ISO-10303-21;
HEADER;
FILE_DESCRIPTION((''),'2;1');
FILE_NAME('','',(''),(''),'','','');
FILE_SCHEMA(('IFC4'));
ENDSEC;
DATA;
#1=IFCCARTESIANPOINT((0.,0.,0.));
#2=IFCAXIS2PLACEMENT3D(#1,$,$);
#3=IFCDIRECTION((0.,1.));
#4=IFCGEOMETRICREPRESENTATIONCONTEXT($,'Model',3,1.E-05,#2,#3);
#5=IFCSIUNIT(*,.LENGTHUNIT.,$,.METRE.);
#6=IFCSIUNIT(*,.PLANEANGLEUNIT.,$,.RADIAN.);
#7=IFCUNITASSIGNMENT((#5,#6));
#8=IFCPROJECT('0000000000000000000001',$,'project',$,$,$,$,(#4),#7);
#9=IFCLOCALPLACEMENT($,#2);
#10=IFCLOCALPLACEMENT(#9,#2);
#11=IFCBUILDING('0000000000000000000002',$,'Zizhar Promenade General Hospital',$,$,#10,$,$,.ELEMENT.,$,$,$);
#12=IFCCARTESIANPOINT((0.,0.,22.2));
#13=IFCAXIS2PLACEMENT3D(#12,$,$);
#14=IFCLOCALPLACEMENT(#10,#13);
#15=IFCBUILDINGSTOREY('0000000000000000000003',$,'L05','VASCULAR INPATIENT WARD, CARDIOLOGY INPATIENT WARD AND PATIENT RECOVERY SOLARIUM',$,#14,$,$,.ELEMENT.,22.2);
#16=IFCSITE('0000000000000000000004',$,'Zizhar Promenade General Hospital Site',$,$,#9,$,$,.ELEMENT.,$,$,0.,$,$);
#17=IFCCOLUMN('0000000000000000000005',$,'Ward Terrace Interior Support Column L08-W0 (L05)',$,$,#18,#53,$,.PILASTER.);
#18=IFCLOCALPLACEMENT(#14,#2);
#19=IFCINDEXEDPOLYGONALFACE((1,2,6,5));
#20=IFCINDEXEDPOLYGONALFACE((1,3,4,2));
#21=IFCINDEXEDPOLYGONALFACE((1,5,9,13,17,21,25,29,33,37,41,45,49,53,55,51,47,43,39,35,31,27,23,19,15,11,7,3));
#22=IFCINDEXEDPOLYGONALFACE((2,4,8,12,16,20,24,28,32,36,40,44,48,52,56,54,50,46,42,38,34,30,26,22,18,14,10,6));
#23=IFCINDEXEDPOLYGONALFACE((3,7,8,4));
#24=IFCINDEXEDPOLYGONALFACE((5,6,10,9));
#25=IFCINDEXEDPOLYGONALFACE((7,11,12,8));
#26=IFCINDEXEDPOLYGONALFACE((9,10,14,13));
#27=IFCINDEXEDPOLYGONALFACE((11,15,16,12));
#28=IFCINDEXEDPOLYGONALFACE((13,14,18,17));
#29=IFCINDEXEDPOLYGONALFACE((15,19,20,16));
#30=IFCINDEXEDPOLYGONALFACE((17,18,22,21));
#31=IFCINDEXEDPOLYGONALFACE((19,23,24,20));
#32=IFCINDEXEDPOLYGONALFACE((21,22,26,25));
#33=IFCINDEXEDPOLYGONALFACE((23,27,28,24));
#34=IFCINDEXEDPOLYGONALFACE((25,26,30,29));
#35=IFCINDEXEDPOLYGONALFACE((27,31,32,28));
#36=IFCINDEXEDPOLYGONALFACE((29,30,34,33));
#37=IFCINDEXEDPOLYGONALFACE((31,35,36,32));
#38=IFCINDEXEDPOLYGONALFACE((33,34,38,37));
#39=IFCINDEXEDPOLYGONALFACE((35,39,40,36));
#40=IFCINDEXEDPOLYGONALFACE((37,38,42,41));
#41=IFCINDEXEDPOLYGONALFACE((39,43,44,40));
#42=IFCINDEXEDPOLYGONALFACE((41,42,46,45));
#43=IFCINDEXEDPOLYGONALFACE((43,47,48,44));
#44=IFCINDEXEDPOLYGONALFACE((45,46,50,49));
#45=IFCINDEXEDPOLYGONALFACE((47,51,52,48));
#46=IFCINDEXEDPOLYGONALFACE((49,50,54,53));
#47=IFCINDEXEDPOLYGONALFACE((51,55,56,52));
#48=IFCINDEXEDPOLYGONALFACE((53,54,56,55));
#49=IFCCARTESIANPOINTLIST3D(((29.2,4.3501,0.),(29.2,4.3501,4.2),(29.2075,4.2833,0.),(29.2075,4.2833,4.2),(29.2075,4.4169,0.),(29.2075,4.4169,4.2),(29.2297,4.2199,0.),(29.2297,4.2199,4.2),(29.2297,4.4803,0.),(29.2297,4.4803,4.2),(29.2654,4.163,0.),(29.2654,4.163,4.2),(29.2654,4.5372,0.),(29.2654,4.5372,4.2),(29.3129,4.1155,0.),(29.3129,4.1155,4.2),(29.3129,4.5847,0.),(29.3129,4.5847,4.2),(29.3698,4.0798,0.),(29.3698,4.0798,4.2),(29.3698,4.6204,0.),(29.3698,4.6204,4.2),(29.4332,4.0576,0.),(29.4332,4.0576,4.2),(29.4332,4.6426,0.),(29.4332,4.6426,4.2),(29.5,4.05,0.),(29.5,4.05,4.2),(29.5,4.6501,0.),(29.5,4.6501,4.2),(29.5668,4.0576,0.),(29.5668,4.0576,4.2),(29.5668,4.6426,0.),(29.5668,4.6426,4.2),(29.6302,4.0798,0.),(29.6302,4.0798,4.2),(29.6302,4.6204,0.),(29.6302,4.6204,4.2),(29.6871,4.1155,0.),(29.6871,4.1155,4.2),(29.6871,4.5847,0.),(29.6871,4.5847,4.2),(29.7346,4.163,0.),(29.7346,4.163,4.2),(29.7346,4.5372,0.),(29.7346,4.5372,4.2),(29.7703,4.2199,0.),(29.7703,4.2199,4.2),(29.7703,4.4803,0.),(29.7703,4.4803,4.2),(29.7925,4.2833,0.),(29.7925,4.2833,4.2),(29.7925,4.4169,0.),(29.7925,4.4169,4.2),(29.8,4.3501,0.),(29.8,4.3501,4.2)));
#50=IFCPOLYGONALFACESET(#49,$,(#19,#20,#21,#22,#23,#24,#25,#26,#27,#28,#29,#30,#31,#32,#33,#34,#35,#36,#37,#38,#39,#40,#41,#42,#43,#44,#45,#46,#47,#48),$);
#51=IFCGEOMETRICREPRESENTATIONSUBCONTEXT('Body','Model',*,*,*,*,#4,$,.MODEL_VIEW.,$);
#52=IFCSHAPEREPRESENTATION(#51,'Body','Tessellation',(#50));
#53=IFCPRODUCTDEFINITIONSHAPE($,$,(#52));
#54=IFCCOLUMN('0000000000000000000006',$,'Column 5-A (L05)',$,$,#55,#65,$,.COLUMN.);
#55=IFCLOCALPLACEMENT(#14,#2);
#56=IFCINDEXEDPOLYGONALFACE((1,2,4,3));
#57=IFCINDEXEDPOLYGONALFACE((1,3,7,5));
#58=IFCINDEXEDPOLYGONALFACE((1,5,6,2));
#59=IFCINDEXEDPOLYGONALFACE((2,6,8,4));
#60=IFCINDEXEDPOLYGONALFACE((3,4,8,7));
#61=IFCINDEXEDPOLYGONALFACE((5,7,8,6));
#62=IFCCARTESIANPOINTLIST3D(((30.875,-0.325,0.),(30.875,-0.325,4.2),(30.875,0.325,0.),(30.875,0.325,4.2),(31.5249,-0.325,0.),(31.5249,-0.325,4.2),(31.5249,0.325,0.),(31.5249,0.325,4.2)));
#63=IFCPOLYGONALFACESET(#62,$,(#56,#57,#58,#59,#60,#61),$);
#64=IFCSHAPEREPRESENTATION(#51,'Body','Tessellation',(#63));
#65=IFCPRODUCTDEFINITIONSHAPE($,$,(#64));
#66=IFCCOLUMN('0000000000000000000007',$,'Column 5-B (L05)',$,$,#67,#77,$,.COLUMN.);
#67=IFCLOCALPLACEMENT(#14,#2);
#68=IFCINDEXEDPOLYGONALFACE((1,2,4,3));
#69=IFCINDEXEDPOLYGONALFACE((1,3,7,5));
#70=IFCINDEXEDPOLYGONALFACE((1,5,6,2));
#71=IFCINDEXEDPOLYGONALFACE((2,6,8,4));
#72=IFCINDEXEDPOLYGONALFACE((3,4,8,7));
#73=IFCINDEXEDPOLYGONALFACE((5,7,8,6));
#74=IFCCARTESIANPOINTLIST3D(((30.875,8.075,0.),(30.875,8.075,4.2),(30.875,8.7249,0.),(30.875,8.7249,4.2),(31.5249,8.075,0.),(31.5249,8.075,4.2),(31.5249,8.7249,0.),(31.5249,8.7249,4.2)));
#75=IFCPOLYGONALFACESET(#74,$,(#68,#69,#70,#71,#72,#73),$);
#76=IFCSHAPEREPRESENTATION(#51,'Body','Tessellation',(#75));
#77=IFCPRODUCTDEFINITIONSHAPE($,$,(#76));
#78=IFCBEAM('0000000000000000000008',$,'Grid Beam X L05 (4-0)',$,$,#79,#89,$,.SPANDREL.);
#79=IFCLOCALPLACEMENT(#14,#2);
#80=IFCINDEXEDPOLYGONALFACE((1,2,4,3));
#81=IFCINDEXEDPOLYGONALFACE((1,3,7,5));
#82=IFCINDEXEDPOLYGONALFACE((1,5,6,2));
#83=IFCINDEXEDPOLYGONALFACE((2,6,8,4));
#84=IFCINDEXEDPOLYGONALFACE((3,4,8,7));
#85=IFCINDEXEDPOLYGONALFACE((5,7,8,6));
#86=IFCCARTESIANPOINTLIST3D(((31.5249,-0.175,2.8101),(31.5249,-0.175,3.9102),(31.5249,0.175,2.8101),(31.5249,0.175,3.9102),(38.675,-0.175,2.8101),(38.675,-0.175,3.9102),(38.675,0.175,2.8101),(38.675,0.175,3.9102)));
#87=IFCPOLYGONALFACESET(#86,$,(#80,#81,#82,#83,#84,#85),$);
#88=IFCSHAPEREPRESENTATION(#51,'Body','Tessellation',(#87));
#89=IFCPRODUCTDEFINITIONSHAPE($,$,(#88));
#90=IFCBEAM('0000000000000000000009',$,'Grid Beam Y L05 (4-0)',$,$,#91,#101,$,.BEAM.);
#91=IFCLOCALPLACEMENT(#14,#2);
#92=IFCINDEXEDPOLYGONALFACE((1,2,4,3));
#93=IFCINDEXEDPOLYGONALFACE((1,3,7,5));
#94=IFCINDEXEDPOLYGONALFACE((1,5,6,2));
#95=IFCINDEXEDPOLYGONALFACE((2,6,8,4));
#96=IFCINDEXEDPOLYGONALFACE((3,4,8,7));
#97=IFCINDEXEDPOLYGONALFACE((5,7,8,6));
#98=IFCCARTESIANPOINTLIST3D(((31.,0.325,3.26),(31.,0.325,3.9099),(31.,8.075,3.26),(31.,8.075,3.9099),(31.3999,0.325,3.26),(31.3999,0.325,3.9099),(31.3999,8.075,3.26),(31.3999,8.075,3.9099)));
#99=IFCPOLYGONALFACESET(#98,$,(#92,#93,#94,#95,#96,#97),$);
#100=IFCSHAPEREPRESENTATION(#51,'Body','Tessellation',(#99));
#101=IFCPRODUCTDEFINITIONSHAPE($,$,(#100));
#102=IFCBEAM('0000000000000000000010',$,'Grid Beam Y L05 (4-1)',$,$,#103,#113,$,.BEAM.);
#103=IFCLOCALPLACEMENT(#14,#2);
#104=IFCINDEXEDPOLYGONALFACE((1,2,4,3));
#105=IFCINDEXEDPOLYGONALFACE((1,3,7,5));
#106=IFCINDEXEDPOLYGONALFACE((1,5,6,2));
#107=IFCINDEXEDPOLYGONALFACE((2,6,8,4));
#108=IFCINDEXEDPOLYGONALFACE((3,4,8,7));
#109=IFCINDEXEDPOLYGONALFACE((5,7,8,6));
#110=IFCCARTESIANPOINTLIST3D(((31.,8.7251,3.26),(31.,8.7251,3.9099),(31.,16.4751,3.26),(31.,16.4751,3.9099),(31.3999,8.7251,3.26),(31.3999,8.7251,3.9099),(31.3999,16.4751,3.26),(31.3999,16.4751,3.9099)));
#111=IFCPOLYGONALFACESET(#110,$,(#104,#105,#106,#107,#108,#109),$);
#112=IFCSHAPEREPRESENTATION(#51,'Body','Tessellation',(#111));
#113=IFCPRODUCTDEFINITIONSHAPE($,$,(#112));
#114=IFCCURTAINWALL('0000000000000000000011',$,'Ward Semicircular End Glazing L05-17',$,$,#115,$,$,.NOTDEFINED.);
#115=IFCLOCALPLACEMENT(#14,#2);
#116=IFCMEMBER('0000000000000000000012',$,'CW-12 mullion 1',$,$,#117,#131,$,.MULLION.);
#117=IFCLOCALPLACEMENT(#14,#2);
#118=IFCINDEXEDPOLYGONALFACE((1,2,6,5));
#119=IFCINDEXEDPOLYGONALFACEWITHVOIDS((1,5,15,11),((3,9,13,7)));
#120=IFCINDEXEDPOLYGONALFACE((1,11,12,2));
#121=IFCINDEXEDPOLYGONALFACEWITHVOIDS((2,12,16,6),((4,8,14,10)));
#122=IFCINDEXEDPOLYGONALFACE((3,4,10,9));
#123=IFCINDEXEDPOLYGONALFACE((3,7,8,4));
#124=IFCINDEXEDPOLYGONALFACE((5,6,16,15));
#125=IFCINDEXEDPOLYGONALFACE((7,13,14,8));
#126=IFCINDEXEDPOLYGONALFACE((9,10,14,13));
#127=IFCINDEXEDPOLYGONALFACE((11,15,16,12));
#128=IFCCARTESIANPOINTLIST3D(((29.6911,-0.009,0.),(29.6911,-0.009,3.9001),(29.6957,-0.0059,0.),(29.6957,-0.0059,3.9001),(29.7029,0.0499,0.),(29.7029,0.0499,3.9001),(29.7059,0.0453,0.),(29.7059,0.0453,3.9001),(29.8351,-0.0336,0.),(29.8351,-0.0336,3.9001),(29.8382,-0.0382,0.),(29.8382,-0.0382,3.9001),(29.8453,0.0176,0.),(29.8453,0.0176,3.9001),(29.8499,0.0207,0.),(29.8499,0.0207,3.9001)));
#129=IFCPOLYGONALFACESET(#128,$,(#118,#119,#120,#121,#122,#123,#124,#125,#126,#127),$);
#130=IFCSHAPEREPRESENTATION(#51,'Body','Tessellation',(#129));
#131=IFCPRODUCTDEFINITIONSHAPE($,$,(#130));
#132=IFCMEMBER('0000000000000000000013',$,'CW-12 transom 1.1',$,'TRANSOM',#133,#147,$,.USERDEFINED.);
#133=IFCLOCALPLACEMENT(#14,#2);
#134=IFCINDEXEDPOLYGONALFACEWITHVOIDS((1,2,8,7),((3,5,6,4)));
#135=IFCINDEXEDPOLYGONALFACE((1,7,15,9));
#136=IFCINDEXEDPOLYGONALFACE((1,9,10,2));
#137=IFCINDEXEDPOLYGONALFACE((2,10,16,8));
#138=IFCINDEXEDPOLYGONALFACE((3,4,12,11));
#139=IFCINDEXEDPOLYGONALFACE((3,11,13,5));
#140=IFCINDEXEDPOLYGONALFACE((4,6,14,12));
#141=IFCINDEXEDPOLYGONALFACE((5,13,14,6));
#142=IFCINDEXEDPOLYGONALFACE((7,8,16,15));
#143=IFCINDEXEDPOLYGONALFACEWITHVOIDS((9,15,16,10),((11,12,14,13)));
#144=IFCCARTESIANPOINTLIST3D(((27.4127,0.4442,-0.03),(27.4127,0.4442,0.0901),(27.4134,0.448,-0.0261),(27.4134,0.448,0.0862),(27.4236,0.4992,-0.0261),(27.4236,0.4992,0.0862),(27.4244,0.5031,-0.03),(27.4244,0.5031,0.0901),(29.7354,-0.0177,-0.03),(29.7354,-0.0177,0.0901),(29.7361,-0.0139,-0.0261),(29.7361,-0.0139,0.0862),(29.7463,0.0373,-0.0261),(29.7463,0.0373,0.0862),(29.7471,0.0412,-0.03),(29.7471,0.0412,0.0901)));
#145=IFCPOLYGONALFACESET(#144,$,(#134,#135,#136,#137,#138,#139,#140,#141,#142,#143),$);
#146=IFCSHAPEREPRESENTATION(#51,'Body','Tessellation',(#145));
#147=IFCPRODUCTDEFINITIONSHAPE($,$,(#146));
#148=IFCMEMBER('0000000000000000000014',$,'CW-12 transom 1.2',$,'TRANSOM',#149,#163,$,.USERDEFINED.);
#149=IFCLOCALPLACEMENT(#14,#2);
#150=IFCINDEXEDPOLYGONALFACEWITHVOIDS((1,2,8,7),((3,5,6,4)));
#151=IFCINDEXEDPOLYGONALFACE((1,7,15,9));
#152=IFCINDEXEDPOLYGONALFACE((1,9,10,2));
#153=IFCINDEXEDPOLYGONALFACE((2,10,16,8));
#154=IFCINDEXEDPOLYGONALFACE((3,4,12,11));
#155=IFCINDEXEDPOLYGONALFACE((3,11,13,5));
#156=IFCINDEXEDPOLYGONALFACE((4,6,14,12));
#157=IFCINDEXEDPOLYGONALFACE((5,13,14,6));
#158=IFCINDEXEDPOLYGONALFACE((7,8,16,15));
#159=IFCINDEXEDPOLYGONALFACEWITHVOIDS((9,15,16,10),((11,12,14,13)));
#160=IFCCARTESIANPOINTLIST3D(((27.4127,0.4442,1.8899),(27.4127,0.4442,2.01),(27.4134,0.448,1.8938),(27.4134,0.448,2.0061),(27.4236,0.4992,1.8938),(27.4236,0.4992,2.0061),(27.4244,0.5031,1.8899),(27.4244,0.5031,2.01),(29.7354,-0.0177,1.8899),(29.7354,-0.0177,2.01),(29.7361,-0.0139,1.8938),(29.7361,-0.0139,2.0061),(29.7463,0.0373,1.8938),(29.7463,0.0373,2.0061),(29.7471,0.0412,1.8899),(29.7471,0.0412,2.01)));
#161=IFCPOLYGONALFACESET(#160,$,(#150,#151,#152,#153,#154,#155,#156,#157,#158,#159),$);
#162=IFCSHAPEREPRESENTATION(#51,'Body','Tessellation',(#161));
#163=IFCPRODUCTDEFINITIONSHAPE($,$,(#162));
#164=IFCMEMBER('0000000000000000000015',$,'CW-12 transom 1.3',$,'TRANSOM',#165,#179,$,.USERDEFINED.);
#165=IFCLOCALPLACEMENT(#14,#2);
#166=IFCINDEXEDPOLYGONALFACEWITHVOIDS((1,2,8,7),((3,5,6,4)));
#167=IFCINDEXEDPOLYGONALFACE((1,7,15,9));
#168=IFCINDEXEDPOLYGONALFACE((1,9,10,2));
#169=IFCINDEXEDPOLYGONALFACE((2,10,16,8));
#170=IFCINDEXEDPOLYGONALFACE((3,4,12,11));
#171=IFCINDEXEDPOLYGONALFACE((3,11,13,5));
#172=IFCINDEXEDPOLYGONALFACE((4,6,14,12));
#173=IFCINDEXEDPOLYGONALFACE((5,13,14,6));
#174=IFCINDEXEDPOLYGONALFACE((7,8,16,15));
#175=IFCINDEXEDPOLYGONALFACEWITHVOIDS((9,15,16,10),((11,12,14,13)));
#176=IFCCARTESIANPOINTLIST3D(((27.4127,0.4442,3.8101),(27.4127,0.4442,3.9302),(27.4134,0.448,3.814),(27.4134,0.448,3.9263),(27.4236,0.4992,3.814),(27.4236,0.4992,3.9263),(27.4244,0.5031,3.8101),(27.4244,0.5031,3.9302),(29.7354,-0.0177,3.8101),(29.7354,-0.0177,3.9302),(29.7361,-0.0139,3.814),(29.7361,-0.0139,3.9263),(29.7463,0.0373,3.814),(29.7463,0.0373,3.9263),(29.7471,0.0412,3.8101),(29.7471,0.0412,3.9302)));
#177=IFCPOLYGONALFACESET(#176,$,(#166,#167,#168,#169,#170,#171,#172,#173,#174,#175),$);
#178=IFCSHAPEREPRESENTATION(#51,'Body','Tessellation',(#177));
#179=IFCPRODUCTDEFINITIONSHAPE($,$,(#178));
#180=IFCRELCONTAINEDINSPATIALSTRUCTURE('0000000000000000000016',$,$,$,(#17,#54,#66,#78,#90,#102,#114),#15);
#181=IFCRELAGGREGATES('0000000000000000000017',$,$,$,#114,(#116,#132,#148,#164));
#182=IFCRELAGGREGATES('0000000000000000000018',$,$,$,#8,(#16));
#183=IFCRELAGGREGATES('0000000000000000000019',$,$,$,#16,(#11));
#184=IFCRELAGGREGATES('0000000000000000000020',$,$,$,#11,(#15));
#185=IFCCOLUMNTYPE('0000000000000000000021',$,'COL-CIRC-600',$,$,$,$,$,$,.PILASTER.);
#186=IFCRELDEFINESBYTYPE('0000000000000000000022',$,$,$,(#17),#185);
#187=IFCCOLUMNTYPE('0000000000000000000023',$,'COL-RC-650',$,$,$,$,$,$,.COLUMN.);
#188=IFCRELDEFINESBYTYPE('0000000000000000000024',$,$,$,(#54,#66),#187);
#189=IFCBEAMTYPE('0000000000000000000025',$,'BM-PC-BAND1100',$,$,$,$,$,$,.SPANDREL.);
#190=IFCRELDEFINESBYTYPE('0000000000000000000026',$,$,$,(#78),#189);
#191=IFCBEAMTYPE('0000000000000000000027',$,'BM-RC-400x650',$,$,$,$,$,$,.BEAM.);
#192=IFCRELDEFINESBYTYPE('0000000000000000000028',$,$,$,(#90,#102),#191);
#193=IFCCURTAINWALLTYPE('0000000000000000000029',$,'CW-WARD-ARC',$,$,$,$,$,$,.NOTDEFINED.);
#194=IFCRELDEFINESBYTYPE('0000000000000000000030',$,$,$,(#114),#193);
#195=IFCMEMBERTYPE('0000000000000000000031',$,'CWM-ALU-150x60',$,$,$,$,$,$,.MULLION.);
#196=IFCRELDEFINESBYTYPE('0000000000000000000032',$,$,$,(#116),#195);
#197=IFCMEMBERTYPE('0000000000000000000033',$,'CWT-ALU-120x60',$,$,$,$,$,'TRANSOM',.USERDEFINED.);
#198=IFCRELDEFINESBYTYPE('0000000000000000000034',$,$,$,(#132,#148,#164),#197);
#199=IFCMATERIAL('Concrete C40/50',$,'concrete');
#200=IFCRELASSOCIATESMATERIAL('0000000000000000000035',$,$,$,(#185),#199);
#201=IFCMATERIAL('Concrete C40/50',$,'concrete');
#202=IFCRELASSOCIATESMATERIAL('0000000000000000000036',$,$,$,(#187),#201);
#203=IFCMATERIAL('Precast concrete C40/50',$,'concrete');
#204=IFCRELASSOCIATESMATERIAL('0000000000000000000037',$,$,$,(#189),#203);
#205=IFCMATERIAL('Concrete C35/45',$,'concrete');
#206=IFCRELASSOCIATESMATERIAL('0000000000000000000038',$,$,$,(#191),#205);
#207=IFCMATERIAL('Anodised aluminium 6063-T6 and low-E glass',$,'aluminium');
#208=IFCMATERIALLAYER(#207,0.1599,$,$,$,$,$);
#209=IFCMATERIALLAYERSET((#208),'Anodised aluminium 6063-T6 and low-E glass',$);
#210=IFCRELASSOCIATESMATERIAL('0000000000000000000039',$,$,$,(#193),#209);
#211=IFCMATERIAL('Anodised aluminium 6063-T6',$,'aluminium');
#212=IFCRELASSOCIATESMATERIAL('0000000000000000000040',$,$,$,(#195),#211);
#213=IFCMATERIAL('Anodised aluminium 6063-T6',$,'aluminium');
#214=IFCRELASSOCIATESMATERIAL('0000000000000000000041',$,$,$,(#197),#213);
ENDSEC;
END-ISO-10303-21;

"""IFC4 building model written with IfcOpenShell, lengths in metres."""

from ifc_helpers import new_model, si_unit, direction, frame, origin, origin_2d, place, context, subcontext, project, spatial, rectangle, hollow_rectangle, circle, extrude, material, layer, layer_set, material_profile, profile_set, type_object, element, aggregate, save


model = new_model("IFC4")

# Units and contexts
model_context = context("Model", 3, precision=1e-05, world=origin(), true_north=direction((0.0, 1.0)))
body_context = subcontext(model_context, "Body", "Model", "MODEL_VIEW")
ifc_project = project(units=[si_unit("LENGTHUNIT", "METRE"), si_unit("PLANEANGLEUNIT", "RADIAN")], contexts=[model_context])

# Site, building, storey
site_placement = place(None, origin())
site = spatial("IfcSite", under=ifc_project, at=site_placement, Name="Zizhar Promenade General Hospital Site", CompositionType="ELEMENT", RefElevation=0.0)
building_placement = place(site_placement, origin())
building = spatial("IfcBuilding", under=site, at=building_placement, Name="Zizhar Promenade General Hospital", CompositionType="ELEMENT")
storey_placement = place(building_placement, frame((0.0, 0.0, 22.2)))
storey = spatial("IfcBuildingStorey", under=building, at=storey_placement, Name="L05", Description="VASCULAR INPATIENT WARD, CARDIOLOGY INPATIENT WARD AND PATIENT RECOVERY SOLARIUM", CompositionType="ELEMENT", Elevation=22.2)

# Columns
ifc_material_1 = material(Name="Concrete C40/50", Category="concrete")
ifc_material_profile_1 = material_profile(ifc_material_1, circle(Radius=0.3, at=origin_2d()))
ifc_profile_set_1 = profile_set([ifc_material_profile_1], Name="Concrete C40/50")
column_type_1 = type_object("IfcColumnType", Name="COL-CIRC-600", PredefinedType="PILASTER", material=ifc_profile_set_1)
column_placement = place(storey_placement, frame((29.5, 4.3501, 0.0), z_axis=(0.0, 0.0, 1.0), x_axis=(1.0, 0.0, 0.0)))
element("IfcColumn", 1, at=column_placement, inside=storey, type_object=column_type_1, Name="Ward Terrace Interior Support Column L08-W0 (L05)", PredefinedType="PILASTER", context=body_context, shape_type="SweptSolid", body=[
    extrude(circle(Radius=0.3, at=origin_2d()), origin(), (0.0, 0.0, 1.0), 4.2),
])
ifc_material_2 = material(Name="Concrete C40/50", Category="concrete")
ifc_material_profile_2 = material_profile(ifc_material_2, rectangle(XDim=0.6499, YDim=0.6499, at=origin_2d()))
ifc_profile_set_2 = profile_set([ifc_material_profile_2], Name="Concrete C40/50")
column_type_2 = type_object("IfcColumnType", Name="COL-RC-650", PredefinedType="COLUMN", material=ifc_profile_set_2)
for number, where, z_axis, x_axis, name in (
    (2, (31.2, 0.0, 0.0), (0.0, 0.0, 1.0), (1.0, 0.0, 0.0), "Column 5-A (L05)"),
    (3, (31.2, 8.3999, 0.0), (0.0, 0.0, 1.0), (1.0, 0.0, 0.0), "Column 5-B (L05)"),
):
    element("IfcColumn", number, at=place(storey_placement, frame(where, z_axis=z_axis, x_axis=x_axis)), inside=storey, type_object=column_type_2, Name=name, PredefinedType="COLUMN", context=body_context, shape_type="SweptSolid", body=[
        extrude(rectangle(XDim=0.6499, YDim=0.6499, at=origin_2d()), origin(), (0.0, 0.0, 1.0), 4.2),
    ])

# Beams
ifc_material_3 = material(Name="Precast concrete C40/50", Category="concrete")
ifc_material_profile_3 = material_profile(ifc_material_3, rectangle(XDim=0.3501, YDim=1.1001, at=origin_2d()))
ifc_profile_set_3 = profile_set([ifc_material_profile_3], Name="Precast concrete C40/50")
beam_type_1 = type_object("IfcBeamType", Name="BM-PC-BAND1100", PredefinedType="SPANDREL", material=ifc_profile_set_3)
beam_placement = place(storey_placement, frame((31.5249, 0.0, 3.3601), z_axis=(1.0, 0.0, 0.0), x_axis=(0.0, 1.0, 0.0)))
element("IfcBeam", 4, at=beam_placement, inside=storey, type_object=beam_type_1, Name="Grid Beam X L05 (4-0)", PredefinedType="SPANDREL", context=body_context, shape_type="SweptSolid", body=[
    extrude(rectangle(XDim=0.3501, YDim=1.1001, at=origin_2d()), origin(), (0.0, 0.0, 1.0), 7.1501),
])
ifc_material_4 = material(Name="Concrete C35/45", Category="concrete")
ifc_material_profile_4 = material_profile(ifc_material_4, rectangle(XDim=0.3999, YDim=0.6499, at=origin_2d()))
ifc_profile_set_4 = profile_set([ifc_material_profile_4], Name="Concrete C35/45")
beam_type_2 = type_object("IfcBeamType", Name="BM-RC-400x650", PredefinedType="BEAM", material=ifc_profile_set_4)
for number, where, z_axis, x_axis, name in (
    (5, (31.2, 0.325, 3.585), (0.0, 1.0, 0.0), (-1.0, 0.0, 0.0), "Grid Beam Y L05 (4-0)"),
    (6, (31.2, 8.7251, 3.585), (0.0, 1.0, 0.0), (-1.0, 0.0, 0.0), "Grid Beam Y L05 (4-1)"),
):
    element("IfcBeam", number, at=place(storey_placement, frame(where, z_axis=z_axis, x_axis=x_axis)), inside=storey, type_object=beam_type_2, Name=name, PredefinedType="BEAM", context=body_context, shape_type="SweptSolid", body=[
        extrude(rectangle(XDim=0.3999, YDim=0.6499, at=origin_2d()), origin(), (0.0, 0.0, 1.0), 7.75),
    ])

# Curtain wall, members
ifc_material_5 = material(Name="Anodised aluminium 6063-T6 and low-E glass", Category="aluminium")
ifc_layer_1 = layer(ifc_material_5, 0.1599)
ifc_layer_set_1 = layer_set([ifc_layer_1], Name="Anodised aluminium 6063-T6 and low-E glass")
curtain_wall_type = type_object("IfcCurtainWallType", Name="CW-WARD-ARC", PredefinedType="NOTDEFINED", material=ifc_layer_set_1)
curtain_wall_placement = place(storey_placement, origin())
curtain_wall = element("IfcCurtainWall", 7, at=curtain_wall_placement, inside=storey, type_object=curtain_wall_type, Name="Ward Semicircular End Glazing L05-17", PredefinedType="NOTDEFINED")
ifc_material_6 = material(Name="Anodised aluminium 6063-T6", Category="aluminium")
ifc_material_profile_5 = material_profile(ifc_material_6, hollow_rectangle(XDim=0.0601, YDim=0.1499, WallThickness=0.0039, at=origin_2d()))
ifc_profile_set_5 = profile_set([ifc_material_profile_5], Name="Anodised aluminium 6063-T6")
member_type_1 = type_object("IfcMemberType", Name="CWM-ALU-150x60", PredefinedType="MULLION", material=ifc_profile_set_5)
member_1_placement = place(storey_placement, frame((29.7705, 0.0059, 0.0), z_axis=(0.0, 0.0, 1.0), x_axis=(-0.195087, -0.980786, 0.0)))
member_1 = element("IfcMember", 8, at=member_1_placement, type_object=member_type_1, Name="CW-12 mullion 1", PredefinedType="MULLION", context=body_context, shape_type="SweptSolid", body=[
    extrude(hollow_rectangle(XDim=0.0601, YDim=0.1499, WallThickness=0.0039, at=origin_2d()), origin(), (0.0, 0.0, 1.0), 3.9001),
])
ifc_material_7 = material(Name="Anodised aluminium 6063-T6", Category="aluminium")
ifc_material_profile_6 = material_profile(ifc_material_7, hollow_rectangle(XDim=0.0601, YDim=0.1201, WallThickness=0.0039, at=origin_2d()))
ifc_profile_set_6 = profile_set([ifc_material_profile_6], Name="Anodised aluminium 6063-T6")
member_type_2 = type_object("IfcMemberType", Name="CWT-ALU-120x60", ElementType="TRANSOM", PredefinedType="USERDEFINED", material=ifc_profile_set_6)
member_2_placement = place(storey_placement, frame((29.7412, 0.0117, 0.03), z_axis=(-0.980794, 0.195045, 0.0), x_axis=(-0.195045, -0.980794, 0.0)))
member_2 = element("IfcMember", 9, at=member_2_placement, type_object=member_type_2, Name="CW-12 transom 1.1", ObjectType="TRANSOM", PredefinedType="USERDEFINED", context=body_context, shape_type="SweptSolid", body=[
    extrude(hollow_rectangle(XDim=0.0601, YDim=0.1201, WallThickness=0.0039, at=origin_2d()), origin(), (0.0, 0.0, 1.0), 2.3682),
])
member_3_placement = place(storey_placement, frame((29.7412, 0.0117, 1.95), z_axis=(-0.980794, 0.195045, 0.0), x_axis=(-0.195045, -0.980794, 0.0)))
member_3 = element("IfcMember", 10, at=member_3_placement, type_object=member_type_2, Name="CW-12 transom 1.2", ObjectType="TRANSOM", PredefinedType="USERDEFINED", context=body_context, shape_type="SweptSolid", body=[
    extrude(hollow_rectangle(XDim=0.0601, YDim=0.1201, WallThickness=0.0039, at=origin_2d()), origin(), (0.0, 0.0, 1.0), 2.3682),
])
member_4_placement = place(storey_placement, frame((29.7412, 0.0117, 3.8701), z_axis=(-0.980794, 0.195045, 0.0), x_axis=(-0.195045, -0.980794, 0.0)))
member_4 = element("IfcMember", 11, at=member_4_placement, type_object=member_type_2, Name="CW-12 transom 1.3", ObjectType="TRANSOM", PredefinedType="USERDEFINED", context=body_context, shape_type="SweptSolid", body=[
    extrude(hollow_rectangle(XDim=0.0601, YDim=0.1201, WallThickness=0.0039, at=origin_2d()), origin(), (0.0, 0.0, 1.0), 2.3682),
])
aggregate(curtain_wall, [member_1, member_2, member_3, member_4])

save(model, "model.ifc")
